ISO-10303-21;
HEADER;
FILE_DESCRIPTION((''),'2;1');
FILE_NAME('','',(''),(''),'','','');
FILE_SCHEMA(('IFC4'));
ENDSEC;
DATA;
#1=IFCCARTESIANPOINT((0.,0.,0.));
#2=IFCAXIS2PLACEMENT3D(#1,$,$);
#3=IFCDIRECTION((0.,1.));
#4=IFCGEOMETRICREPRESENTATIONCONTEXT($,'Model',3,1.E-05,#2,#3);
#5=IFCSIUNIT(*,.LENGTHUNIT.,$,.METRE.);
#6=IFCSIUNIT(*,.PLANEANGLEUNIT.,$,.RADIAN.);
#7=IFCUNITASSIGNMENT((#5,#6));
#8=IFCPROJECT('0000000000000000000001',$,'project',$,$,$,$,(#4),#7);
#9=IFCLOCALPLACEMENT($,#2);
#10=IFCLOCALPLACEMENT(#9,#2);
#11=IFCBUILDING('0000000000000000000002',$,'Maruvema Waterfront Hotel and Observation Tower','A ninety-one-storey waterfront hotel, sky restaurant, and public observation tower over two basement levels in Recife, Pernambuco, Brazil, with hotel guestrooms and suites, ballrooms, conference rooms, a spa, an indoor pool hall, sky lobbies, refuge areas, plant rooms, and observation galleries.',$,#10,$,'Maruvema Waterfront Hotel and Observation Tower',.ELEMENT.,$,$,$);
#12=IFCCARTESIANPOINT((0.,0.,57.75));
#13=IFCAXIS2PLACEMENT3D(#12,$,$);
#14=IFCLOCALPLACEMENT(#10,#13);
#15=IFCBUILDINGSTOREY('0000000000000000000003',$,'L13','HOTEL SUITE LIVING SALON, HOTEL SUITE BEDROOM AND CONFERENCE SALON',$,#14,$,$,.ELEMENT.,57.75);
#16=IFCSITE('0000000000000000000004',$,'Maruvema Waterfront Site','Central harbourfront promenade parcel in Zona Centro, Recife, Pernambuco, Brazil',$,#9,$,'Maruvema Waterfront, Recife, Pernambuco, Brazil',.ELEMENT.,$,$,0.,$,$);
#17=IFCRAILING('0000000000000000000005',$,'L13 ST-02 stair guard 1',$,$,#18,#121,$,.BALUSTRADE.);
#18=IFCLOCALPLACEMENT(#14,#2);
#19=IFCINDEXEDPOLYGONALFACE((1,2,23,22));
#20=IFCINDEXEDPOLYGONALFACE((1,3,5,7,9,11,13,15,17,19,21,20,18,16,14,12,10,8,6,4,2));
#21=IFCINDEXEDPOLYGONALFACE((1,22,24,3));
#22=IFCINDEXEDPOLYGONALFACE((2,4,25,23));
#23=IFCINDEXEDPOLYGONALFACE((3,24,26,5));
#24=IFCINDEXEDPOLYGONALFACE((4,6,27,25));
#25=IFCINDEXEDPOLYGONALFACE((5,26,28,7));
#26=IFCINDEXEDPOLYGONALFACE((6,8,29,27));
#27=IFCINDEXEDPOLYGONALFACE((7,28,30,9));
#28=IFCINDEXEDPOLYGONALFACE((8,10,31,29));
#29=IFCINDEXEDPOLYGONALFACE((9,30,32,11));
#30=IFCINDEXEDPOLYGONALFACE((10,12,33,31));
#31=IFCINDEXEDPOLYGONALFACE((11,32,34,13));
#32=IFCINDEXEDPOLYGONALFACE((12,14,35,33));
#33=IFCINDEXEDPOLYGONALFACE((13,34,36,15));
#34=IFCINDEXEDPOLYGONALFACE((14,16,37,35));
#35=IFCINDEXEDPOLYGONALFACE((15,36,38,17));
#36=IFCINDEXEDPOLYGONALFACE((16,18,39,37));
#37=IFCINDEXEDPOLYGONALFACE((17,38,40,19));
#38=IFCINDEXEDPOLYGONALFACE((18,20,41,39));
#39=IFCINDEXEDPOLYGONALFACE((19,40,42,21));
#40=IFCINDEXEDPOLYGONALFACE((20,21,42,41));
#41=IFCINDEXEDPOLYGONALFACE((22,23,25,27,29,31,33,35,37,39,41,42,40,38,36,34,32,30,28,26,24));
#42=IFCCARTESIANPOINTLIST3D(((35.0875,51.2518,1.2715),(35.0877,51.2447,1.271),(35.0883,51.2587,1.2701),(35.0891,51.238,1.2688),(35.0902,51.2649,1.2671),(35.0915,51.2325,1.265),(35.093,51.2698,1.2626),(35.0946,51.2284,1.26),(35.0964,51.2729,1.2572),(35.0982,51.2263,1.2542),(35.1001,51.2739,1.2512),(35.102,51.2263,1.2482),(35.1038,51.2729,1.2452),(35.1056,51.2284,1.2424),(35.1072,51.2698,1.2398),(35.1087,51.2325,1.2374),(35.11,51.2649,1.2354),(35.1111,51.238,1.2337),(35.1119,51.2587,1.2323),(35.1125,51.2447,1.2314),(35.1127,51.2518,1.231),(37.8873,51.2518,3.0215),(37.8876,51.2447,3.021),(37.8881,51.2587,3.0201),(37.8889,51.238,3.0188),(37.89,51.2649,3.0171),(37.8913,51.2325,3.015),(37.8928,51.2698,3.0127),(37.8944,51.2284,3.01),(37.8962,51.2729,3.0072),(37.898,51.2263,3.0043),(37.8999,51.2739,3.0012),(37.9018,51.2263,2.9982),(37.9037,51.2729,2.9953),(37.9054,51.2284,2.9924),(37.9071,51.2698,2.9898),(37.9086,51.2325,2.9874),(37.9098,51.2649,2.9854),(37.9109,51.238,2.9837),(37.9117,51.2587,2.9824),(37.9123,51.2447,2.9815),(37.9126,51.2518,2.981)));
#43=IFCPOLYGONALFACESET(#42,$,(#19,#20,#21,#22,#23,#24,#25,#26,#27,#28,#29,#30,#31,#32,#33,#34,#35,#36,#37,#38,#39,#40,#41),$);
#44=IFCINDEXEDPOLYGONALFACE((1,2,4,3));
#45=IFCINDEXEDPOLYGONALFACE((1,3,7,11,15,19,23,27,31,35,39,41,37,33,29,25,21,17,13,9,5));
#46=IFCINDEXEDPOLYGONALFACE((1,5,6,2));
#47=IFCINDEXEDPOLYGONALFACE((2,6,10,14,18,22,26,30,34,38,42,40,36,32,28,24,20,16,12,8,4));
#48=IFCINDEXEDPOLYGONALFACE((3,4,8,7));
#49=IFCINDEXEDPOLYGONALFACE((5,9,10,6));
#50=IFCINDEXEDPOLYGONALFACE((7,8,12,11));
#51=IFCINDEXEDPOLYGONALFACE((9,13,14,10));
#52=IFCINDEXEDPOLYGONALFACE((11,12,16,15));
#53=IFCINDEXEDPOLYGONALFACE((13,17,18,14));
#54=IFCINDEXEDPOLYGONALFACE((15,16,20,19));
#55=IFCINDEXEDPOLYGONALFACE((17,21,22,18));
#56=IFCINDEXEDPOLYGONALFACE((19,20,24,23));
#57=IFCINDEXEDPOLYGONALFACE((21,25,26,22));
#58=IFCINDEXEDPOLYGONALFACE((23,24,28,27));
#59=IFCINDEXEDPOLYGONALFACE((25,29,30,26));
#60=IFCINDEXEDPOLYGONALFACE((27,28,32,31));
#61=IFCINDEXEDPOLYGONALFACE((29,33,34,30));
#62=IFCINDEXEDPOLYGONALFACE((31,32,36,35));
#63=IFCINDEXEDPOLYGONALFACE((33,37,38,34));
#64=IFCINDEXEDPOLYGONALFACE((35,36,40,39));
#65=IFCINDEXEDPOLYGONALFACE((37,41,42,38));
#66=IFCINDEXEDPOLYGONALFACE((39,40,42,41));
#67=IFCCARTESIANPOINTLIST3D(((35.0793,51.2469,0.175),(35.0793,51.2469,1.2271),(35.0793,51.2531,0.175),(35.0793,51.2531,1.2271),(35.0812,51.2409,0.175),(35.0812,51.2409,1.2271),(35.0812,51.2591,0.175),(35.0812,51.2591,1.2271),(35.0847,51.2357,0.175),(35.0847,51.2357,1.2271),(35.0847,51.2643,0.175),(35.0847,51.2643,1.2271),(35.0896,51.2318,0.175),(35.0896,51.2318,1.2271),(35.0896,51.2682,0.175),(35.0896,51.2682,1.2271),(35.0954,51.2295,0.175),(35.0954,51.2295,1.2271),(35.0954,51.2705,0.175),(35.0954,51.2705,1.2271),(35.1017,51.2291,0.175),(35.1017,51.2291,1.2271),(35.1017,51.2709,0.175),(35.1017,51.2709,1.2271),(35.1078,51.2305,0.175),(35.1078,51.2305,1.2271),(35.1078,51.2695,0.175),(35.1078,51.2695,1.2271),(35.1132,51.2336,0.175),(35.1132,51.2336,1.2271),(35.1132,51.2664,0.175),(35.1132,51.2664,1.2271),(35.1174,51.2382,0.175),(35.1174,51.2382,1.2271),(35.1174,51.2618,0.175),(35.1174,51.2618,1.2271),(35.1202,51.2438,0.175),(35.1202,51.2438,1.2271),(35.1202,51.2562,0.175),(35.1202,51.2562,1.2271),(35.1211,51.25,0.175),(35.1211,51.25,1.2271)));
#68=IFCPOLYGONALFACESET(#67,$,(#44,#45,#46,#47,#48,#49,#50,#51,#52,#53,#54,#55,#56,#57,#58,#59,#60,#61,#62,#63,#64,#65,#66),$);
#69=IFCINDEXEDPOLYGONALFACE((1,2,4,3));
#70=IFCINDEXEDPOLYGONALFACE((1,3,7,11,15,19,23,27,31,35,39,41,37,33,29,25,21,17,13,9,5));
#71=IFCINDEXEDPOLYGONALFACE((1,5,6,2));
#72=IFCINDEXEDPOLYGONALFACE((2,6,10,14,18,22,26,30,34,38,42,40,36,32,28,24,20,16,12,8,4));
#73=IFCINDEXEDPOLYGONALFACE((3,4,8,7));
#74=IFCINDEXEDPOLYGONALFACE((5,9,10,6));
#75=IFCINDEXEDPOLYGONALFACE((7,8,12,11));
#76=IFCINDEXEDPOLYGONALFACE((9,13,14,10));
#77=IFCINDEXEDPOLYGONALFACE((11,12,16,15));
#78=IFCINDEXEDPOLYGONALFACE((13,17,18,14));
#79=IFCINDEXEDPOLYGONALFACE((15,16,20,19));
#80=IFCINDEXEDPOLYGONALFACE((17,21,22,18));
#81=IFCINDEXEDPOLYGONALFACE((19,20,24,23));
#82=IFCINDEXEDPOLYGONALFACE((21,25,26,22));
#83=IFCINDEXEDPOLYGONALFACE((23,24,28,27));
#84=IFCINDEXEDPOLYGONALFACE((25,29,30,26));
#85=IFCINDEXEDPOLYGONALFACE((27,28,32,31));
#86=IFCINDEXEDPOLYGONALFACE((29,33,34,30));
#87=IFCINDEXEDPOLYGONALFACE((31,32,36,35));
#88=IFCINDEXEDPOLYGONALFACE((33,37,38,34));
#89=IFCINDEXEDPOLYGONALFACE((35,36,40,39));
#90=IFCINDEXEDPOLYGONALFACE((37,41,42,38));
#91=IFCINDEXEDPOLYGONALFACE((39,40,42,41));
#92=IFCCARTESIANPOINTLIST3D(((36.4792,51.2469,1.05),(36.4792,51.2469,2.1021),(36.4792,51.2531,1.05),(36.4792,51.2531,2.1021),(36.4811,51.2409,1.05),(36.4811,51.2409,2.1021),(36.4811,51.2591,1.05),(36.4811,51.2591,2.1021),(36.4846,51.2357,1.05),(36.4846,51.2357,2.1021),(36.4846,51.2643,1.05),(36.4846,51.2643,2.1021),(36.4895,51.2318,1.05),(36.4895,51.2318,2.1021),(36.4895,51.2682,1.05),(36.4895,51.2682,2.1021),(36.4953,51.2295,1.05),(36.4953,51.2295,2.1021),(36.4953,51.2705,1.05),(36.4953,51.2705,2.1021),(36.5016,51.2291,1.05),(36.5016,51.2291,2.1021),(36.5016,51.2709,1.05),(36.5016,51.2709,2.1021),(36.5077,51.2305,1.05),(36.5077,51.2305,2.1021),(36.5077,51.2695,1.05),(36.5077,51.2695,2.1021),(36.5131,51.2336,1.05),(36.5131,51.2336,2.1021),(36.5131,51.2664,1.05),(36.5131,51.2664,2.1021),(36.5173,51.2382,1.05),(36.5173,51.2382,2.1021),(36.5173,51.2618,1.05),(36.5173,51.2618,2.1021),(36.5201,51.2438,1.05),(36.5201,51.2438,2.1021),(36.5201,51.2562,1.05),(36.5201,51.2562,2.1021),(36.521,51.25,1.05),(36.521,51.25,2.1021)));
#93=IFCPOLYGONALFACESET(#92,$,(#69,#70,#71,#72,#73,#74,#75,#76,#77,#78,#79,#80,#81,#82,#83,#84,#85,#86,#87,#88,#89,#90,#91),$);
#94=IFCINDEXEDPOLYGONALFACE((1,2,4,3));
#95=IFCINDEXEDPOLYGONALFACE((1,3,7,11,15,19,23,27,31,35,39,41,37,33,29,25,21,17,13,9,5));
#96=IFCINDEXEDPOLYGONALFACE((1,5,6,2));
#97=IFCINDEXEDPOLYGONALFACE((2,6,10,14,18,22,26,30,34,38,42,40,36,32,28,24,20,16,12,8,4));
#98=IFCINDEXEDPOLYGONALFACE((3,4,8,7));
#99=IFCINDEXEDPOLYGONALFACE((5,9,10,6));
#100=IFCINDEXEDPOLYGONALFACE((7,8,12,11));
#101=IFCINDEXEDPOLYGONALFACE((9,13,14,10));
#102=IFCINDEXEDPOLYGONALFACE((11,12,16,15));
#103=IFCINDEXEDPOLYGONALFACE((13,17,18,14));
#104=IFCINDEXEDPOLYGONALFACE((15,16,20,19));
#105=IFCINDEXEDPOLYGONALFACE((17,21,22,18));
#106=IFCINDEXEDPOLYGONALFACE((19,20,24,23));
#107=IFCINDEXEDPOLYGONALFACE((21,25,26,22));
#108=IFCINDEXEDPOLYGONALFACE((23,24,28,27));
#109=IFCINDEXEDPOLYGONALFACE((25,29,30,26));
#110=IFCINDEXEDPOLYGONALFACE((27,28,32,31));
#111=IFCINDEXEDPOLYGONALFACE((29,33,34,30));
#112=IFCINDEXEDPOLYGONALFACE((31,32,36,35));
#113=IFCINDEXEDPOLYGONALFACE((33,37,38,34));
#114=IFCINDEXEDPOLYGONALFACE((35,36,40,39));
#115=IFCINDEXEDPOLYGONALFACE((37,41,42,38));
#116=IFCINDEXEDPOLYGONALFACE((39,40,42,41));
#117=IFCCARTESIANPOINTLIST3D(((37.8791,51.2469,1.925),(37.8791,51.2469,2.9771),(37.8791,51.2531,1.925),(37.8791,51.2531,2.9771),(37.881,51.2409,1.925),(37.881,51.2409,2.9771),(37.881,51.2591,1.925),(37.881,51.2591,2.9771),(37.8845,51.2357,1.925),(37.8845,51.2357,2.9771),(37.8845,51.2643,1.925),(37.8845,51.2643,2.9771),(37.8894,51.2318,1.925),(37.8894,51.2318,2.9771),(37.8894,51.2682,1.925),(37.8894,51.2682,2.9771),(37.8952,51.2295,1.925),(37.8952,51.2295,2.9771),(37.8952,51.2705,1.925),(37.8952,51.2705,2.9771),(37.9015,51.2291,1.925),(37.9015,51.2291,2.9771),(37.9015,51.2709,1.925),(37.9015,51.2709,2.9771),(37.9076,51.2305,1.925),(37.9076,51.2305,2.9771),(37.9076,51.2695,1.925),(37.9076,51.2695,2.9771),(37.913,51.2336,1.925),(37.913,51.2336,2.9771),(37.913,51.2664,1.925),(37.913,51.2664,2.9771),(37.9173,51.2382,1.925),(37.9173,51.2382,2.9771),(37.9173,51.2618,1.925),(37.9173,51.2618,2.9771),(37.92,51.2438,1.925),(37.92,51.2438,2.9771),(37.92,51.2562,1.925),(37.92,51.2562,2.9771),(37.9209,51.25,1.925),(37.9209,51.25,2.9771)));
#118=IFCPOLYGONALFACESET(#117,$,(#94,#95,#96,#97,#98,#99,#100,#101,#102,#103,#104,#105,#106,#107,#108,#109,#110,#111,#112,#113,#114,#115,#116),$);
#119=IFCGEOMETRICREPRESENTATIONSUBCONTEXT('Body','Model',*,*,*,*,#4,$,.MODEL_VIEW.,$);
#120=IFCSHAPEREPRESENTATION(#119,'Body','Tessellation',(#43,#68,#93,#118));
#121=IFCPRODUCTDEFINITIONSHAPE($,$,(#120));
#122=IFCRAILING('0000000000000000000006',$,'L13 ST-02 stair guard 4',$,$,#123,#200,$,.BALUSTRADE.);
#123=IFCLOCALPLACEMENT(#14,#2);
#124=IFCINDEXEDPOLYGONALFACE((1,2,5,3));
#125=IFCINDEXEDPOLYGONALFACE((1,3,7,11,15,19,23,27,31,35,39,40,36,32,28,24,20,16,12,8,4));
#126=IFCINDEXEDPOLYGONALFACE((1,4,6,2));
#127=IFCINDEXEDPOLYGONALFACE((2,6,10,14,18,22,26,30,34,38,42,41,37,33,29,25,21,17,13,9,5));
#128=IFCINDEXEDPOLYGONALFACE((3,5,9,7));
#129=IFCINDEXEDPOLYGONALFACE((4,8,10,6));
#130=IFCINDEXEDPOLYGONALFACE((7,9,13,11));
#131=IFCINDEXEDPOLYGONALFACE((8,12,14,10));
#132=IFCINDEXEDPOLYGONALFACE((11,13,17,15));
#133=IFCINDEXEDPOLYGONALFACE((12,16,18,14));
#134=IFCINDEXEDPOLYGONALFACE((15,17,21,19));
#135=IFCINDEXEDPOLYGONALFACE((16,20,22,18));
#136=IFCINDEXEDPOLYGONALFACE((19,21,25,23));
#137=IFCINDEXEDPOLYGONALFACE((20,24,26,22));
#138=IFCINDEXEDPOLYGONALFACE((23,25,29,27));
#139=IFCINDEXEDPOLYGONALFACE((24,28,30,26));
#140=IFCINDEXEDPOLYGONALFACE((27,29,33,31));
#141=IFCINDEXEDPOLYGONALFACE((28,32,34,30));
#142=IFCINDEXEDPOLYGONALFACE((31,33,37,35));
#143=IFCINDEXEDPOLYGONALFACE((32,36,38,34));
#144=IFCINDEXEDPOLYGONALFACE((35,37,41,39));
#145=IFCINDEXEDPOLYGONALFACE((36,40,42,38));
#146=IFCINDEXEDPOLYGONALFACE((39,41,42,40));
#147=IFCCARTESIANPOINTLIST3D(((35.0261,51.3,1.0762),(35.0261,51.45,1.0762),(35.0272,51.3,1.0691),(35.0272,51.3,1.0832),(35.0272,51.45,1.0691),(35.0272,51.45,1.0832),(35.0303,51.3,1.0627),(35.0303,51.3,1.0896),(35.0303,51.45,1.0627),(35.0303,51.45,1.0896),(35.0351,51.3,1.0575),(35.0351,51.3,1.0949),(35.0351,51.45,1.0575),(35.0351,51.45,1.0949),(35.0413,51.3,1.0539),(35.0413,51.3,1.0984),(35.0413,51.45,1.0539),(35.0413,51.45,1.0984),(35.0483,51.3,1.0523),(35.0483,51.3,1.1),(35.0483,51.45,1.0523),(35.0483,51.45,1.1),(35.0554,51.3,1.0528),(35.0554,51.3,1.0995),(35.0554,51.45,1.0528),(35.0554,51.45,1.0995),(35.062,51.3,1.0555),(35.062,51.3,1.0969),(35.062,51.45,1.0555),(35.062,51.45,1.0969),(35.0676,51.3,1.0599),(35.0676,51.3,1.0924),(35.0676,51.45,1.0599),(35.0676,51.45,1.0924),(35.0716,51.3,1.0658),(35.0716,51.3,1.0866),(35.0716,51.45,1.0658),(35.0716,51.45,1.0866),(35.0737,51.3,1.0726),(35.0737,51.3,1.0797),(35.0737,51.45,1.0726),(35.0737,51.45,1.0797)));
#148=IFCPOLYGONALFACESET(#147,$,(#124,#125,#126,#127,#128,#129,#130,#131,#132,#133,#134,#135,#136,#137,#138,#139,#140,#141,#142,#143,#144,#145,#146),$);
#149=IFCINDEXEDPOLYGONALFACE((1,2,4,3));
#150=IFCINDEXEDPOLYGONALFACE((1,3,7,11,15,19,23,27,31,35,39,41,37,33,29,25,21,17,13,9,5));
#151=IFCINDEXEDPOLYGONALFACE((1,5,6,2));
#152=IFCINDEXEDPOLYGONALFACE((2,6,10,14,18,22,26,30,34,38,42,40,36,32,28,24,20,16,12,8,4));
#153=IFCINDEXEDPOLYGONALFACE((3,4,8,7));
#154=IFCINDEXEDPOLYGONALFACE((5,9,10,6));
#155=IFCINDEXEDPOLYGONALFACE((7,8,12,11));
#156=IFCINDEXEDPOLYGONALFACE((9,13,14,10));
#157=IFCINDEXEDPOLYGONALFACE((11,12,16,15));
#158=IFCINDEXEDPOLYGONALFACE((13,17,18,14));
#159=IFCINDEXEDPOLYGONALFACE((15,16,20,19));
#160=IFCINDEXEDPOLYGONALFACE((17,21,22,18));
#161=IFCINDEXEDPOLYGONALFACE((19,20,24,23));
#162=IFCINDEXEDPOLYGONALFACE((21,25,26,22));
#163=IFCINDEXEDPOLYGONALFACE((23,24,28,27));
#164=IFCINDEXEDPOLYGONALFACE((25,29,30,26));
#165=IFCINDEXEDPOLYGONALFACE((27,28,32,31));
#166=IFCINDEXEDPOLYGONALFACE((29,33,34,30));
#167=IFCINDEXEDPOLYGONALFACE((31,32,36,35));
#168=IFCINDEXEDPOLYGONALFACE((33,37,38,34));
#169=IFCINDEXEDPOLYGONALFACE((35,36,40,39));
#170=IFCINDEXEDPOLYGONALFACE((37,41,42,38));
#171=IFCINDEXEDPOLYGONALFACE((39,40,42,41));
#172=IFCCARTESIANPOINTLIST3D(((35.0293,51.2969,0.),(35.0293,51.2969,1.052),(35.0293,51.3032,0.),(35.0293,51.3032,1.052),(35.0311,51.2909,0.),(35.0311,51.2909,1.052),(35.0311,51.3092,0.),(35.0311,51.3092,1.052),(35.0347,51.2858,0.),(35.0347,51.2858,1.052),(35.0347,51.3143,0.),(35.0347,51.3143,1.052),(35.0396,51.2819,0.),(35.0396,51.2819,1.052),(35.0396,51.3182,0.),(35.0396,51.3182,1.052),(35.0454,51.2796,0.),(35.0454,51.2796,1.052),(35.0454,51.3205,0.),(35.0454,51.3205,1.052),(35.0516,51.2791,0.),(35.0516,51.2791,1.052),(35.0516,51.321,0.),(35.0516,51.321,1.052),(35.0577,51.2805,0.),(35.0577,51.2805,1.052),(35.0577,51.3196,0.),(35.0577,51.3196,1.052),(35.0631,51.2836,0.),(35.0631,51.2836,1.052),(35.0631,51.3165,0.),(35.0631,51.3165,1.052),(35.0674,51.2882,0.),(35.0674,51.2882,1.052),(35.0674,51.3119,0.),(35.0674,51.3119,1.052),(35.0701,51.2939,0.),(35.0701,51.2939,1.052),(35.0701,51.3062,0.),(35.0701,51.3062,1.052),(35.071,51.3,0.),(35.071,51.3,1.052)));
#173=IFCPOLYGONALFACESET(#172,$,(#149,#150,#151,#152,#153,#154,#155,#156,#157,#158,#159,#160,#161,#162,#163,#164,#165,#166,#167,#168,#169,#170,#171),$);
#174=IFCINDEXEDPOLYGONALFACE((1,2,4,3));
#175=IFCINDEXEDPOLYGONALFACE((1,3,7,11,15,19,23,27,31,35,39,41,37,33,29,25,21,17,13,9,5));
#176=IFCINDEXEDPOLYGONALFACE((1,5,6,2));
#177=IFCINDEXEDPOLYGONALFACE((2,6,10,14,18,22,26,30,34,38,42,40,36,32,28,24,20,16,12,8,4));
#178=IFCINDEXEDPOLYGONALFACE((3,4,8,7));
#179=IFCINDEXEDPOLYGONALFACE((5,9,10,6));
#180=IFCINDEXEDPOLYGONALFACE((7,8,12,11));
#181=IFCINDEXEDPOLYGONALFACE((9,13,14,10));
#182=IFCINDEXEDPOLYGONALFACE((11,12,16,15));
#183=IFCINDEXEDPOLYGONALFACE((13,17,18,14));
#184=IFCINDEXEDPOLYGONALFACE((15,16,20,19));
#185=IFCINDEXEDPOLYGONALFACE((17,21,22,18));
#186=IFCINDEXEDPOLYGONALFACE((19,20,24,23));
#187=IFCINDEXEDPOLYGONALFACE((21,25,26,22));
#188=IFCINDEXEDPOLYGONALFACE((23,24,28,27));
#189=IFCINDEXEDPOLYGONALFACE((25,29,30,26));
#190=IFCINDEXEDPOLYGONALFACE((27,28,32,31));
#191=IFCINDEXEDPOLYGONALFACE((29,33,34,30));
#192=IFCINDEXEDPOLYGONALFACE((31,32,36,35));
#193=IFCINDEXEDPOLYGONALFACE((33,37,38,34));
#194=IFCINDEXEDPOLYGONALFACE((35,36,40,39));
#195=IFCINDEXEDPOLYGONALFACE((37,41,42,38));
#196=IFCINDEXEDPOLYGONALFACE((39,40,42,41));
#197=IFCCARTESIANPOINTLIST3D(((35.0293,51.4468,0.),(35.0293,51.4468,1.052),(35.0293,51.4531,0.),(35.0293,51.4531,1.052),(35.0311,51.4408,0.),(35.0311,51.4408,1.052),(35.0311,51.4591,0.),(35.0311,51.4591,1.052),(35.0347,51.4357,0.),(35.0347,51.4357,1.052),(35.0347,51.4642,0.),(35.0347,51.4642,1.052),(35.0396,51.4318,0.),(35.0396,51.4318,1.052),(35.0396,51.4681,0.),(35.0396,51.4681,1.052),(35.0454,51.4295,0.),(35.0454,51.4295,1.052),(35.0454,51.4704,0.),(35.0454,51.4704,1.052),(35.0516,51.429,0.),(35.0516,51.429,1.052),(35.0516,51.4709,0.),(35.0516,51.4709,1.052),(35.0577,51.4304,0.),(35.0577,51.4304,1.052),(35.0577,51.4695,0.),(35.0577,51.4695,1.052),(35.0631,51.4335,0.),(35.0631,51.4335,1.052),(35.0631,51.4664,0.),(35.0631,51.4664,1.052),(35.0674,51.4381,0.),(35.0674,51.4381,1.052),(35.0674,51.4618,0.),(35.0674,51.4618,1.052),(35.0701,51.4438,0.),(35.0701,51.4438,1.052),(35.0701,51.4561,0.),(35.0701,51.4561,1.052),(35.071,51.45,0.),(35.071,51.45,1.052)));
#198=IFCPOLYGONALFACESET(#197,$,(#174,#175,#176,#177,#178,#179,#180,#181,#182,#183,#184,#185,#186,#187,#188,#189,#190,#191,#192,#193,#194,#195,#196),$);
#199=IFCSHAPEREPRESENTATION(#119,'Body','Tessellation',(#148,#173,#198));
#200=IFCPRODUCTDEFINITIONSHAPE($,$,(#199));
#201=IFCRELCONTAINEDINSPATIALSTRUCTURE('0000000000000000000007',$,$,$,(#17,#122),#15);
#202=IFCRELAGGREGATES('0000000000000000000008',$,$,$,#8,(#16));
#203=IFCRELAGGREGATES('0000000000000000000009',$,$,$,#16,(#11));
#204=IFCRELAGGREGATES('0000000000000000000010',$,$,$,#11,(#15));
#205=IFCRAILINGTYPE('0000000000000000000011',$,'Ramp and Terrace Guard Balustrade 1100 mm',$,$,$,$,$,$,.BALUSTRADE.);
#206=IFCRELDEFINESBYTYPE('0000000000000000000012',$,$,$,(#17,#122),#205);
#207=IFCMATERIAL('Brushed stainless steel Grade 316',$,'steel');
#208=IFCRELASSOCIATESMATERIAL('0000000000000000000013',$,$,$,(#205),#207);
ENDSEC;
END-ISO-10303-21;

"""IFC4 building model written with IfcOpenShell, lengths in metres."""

from ifc_helpers import new_model, si_unit, direction, frame, origin, origin_2d, place, context, subcontext, project, spatial, circle, extrude, material, type_object, element, save


model = new_model("IFC4")

# Units and contexts
model_context = context("Model", 3, precision=1e-05, world=origin(), true_north=direction((0.0, 1.0)))
body_context = subcontext(model_context, "Body", "Model", "MODEL_VIEW")
ifc_project = project(units=[si_unit("LENGTHUNIT", "METRE"), si_unit("PLANEANGLEUNIT", "RADIAN")], contexts=[model_context])

# Site, building, storey
site_placement = place(None, origin())
site = spatial("IfcSite", under=ifc_project, at=site_placement, Name="Maruvema Waterfront Site", Description="Central harbourfront promenade parcel in Zona Centro, Recife, Pernambuco, Brazil", LongName="Maruvema Waterfront, Recife, Pernambuco, Brazil", CompositionType="ELEMENT", RefElevation=0.0)
building_placement = place(site_placement, origin())
building = spatial("IfcBuilding", under=site, at=building_placement, Name="Maruvema Waterfront Hotel and Observation Tower", Description="A ninety-one-storey waterfront hotel, sky restaurant, and public observation tower over two basement levels in Recife, Pernambuco, Brazil, with hotel guestrooms and suites, ballrooms, conference rooms, a spa, an indoor pool hall, sky lobbies, refuge areas, plant rooms, and observation galleries.", LongName="Maruvema Waterfront Hotel and Observation Tower", CompositionType="ELEMENT")
storey_placement = place(building_placement, frame((0.0, 0.0, 57.75)))
storey = spatial("IfcBuildingStorey", under=building, at=storey_placement, Name="L13", Description="HOTEL SUITE LIVING SALON, HOTEL SUITE BEDROOM AND CONFERENCE SALON", CompositionType="ELEMENT", Elevation=57.75)

# Railings
ifc_material_1 = material(Name="Brushed stainless steel Grade 316", Category="steel")
railing_type_1 = type_object("IfcRailingType", Name="Ramp and Terrace Guard Balustrade 1100 mm", PredefinedType="BALUSTRADE", material=ifc_material_1)
railing_1_placement = place(storey_placement, frame((35.1001, 51.25, 0.175)))
element("IfcRailing", 1, at=railing_1_placement, inside=storey, type_object=railing_type_1, Name="L13 ST-02 stair guard 1", PredefinedType="BALUSTRADE", context=body_context, shape_type="SweptSolid", body=[
    extrude(circle(Radius=0.0239, at=origin_2d()), frame((0.0, 0.0, 1.0762), z_axis=(0.847982, 0.0, 0.530026), x_axis=(0.0, 1.0, 0.0)), (0.0, 0.0, 1.0), 3.3018),
    extrude(circle(Radius=0.021, at=origin_2d()), origin(), (0.0, 0.0, 1.0), 1.052),
    extrude(circle(Radius=0.021, at=origin_2d()), frame((1.3999, 0.0, 0.875)), (0.0, 0.0, 1.0), 1.052),
    extrude(circle(Radius=0.021, at=origin_2d()), frame((2.7998, 0.0, 1.75)), (0.0, 0.0, 1.0), 1.052),
])
railing_2_placement = place(storey_placement, frame((35.05, 51.3, 0.0)))
element("IfcRailing", 2, at=railing_2_placement, inside=storey, type_object=railing_type_1, Name="L13 ST-02 stair guard 4", PredefinedType="BALUSTRADE", context=body_context, shape_type="SweptSolid", body=[
    extrude(circle(Radius=0.0239, at=origin_2d()), frame((0.0, 0.0, 1.0762), z_axis=(0.0, 1.0, 0.0), x_axis=(-1.0, 0.0, 0.0)), (0.0, 0.0, 1.0), 0.1499),
    extrude(circle(Radius=0.021, at=origin_2d()), origin(), (0.0, 0.0, 1.0), 1.052),
    extrude(circle(Radius=0.021, at=origin_2d()), frame((0.0, 0.1499, 0.0)), (0.0, 0.0, 1.0), 1.052),
])

save(model, "model.ifc")
